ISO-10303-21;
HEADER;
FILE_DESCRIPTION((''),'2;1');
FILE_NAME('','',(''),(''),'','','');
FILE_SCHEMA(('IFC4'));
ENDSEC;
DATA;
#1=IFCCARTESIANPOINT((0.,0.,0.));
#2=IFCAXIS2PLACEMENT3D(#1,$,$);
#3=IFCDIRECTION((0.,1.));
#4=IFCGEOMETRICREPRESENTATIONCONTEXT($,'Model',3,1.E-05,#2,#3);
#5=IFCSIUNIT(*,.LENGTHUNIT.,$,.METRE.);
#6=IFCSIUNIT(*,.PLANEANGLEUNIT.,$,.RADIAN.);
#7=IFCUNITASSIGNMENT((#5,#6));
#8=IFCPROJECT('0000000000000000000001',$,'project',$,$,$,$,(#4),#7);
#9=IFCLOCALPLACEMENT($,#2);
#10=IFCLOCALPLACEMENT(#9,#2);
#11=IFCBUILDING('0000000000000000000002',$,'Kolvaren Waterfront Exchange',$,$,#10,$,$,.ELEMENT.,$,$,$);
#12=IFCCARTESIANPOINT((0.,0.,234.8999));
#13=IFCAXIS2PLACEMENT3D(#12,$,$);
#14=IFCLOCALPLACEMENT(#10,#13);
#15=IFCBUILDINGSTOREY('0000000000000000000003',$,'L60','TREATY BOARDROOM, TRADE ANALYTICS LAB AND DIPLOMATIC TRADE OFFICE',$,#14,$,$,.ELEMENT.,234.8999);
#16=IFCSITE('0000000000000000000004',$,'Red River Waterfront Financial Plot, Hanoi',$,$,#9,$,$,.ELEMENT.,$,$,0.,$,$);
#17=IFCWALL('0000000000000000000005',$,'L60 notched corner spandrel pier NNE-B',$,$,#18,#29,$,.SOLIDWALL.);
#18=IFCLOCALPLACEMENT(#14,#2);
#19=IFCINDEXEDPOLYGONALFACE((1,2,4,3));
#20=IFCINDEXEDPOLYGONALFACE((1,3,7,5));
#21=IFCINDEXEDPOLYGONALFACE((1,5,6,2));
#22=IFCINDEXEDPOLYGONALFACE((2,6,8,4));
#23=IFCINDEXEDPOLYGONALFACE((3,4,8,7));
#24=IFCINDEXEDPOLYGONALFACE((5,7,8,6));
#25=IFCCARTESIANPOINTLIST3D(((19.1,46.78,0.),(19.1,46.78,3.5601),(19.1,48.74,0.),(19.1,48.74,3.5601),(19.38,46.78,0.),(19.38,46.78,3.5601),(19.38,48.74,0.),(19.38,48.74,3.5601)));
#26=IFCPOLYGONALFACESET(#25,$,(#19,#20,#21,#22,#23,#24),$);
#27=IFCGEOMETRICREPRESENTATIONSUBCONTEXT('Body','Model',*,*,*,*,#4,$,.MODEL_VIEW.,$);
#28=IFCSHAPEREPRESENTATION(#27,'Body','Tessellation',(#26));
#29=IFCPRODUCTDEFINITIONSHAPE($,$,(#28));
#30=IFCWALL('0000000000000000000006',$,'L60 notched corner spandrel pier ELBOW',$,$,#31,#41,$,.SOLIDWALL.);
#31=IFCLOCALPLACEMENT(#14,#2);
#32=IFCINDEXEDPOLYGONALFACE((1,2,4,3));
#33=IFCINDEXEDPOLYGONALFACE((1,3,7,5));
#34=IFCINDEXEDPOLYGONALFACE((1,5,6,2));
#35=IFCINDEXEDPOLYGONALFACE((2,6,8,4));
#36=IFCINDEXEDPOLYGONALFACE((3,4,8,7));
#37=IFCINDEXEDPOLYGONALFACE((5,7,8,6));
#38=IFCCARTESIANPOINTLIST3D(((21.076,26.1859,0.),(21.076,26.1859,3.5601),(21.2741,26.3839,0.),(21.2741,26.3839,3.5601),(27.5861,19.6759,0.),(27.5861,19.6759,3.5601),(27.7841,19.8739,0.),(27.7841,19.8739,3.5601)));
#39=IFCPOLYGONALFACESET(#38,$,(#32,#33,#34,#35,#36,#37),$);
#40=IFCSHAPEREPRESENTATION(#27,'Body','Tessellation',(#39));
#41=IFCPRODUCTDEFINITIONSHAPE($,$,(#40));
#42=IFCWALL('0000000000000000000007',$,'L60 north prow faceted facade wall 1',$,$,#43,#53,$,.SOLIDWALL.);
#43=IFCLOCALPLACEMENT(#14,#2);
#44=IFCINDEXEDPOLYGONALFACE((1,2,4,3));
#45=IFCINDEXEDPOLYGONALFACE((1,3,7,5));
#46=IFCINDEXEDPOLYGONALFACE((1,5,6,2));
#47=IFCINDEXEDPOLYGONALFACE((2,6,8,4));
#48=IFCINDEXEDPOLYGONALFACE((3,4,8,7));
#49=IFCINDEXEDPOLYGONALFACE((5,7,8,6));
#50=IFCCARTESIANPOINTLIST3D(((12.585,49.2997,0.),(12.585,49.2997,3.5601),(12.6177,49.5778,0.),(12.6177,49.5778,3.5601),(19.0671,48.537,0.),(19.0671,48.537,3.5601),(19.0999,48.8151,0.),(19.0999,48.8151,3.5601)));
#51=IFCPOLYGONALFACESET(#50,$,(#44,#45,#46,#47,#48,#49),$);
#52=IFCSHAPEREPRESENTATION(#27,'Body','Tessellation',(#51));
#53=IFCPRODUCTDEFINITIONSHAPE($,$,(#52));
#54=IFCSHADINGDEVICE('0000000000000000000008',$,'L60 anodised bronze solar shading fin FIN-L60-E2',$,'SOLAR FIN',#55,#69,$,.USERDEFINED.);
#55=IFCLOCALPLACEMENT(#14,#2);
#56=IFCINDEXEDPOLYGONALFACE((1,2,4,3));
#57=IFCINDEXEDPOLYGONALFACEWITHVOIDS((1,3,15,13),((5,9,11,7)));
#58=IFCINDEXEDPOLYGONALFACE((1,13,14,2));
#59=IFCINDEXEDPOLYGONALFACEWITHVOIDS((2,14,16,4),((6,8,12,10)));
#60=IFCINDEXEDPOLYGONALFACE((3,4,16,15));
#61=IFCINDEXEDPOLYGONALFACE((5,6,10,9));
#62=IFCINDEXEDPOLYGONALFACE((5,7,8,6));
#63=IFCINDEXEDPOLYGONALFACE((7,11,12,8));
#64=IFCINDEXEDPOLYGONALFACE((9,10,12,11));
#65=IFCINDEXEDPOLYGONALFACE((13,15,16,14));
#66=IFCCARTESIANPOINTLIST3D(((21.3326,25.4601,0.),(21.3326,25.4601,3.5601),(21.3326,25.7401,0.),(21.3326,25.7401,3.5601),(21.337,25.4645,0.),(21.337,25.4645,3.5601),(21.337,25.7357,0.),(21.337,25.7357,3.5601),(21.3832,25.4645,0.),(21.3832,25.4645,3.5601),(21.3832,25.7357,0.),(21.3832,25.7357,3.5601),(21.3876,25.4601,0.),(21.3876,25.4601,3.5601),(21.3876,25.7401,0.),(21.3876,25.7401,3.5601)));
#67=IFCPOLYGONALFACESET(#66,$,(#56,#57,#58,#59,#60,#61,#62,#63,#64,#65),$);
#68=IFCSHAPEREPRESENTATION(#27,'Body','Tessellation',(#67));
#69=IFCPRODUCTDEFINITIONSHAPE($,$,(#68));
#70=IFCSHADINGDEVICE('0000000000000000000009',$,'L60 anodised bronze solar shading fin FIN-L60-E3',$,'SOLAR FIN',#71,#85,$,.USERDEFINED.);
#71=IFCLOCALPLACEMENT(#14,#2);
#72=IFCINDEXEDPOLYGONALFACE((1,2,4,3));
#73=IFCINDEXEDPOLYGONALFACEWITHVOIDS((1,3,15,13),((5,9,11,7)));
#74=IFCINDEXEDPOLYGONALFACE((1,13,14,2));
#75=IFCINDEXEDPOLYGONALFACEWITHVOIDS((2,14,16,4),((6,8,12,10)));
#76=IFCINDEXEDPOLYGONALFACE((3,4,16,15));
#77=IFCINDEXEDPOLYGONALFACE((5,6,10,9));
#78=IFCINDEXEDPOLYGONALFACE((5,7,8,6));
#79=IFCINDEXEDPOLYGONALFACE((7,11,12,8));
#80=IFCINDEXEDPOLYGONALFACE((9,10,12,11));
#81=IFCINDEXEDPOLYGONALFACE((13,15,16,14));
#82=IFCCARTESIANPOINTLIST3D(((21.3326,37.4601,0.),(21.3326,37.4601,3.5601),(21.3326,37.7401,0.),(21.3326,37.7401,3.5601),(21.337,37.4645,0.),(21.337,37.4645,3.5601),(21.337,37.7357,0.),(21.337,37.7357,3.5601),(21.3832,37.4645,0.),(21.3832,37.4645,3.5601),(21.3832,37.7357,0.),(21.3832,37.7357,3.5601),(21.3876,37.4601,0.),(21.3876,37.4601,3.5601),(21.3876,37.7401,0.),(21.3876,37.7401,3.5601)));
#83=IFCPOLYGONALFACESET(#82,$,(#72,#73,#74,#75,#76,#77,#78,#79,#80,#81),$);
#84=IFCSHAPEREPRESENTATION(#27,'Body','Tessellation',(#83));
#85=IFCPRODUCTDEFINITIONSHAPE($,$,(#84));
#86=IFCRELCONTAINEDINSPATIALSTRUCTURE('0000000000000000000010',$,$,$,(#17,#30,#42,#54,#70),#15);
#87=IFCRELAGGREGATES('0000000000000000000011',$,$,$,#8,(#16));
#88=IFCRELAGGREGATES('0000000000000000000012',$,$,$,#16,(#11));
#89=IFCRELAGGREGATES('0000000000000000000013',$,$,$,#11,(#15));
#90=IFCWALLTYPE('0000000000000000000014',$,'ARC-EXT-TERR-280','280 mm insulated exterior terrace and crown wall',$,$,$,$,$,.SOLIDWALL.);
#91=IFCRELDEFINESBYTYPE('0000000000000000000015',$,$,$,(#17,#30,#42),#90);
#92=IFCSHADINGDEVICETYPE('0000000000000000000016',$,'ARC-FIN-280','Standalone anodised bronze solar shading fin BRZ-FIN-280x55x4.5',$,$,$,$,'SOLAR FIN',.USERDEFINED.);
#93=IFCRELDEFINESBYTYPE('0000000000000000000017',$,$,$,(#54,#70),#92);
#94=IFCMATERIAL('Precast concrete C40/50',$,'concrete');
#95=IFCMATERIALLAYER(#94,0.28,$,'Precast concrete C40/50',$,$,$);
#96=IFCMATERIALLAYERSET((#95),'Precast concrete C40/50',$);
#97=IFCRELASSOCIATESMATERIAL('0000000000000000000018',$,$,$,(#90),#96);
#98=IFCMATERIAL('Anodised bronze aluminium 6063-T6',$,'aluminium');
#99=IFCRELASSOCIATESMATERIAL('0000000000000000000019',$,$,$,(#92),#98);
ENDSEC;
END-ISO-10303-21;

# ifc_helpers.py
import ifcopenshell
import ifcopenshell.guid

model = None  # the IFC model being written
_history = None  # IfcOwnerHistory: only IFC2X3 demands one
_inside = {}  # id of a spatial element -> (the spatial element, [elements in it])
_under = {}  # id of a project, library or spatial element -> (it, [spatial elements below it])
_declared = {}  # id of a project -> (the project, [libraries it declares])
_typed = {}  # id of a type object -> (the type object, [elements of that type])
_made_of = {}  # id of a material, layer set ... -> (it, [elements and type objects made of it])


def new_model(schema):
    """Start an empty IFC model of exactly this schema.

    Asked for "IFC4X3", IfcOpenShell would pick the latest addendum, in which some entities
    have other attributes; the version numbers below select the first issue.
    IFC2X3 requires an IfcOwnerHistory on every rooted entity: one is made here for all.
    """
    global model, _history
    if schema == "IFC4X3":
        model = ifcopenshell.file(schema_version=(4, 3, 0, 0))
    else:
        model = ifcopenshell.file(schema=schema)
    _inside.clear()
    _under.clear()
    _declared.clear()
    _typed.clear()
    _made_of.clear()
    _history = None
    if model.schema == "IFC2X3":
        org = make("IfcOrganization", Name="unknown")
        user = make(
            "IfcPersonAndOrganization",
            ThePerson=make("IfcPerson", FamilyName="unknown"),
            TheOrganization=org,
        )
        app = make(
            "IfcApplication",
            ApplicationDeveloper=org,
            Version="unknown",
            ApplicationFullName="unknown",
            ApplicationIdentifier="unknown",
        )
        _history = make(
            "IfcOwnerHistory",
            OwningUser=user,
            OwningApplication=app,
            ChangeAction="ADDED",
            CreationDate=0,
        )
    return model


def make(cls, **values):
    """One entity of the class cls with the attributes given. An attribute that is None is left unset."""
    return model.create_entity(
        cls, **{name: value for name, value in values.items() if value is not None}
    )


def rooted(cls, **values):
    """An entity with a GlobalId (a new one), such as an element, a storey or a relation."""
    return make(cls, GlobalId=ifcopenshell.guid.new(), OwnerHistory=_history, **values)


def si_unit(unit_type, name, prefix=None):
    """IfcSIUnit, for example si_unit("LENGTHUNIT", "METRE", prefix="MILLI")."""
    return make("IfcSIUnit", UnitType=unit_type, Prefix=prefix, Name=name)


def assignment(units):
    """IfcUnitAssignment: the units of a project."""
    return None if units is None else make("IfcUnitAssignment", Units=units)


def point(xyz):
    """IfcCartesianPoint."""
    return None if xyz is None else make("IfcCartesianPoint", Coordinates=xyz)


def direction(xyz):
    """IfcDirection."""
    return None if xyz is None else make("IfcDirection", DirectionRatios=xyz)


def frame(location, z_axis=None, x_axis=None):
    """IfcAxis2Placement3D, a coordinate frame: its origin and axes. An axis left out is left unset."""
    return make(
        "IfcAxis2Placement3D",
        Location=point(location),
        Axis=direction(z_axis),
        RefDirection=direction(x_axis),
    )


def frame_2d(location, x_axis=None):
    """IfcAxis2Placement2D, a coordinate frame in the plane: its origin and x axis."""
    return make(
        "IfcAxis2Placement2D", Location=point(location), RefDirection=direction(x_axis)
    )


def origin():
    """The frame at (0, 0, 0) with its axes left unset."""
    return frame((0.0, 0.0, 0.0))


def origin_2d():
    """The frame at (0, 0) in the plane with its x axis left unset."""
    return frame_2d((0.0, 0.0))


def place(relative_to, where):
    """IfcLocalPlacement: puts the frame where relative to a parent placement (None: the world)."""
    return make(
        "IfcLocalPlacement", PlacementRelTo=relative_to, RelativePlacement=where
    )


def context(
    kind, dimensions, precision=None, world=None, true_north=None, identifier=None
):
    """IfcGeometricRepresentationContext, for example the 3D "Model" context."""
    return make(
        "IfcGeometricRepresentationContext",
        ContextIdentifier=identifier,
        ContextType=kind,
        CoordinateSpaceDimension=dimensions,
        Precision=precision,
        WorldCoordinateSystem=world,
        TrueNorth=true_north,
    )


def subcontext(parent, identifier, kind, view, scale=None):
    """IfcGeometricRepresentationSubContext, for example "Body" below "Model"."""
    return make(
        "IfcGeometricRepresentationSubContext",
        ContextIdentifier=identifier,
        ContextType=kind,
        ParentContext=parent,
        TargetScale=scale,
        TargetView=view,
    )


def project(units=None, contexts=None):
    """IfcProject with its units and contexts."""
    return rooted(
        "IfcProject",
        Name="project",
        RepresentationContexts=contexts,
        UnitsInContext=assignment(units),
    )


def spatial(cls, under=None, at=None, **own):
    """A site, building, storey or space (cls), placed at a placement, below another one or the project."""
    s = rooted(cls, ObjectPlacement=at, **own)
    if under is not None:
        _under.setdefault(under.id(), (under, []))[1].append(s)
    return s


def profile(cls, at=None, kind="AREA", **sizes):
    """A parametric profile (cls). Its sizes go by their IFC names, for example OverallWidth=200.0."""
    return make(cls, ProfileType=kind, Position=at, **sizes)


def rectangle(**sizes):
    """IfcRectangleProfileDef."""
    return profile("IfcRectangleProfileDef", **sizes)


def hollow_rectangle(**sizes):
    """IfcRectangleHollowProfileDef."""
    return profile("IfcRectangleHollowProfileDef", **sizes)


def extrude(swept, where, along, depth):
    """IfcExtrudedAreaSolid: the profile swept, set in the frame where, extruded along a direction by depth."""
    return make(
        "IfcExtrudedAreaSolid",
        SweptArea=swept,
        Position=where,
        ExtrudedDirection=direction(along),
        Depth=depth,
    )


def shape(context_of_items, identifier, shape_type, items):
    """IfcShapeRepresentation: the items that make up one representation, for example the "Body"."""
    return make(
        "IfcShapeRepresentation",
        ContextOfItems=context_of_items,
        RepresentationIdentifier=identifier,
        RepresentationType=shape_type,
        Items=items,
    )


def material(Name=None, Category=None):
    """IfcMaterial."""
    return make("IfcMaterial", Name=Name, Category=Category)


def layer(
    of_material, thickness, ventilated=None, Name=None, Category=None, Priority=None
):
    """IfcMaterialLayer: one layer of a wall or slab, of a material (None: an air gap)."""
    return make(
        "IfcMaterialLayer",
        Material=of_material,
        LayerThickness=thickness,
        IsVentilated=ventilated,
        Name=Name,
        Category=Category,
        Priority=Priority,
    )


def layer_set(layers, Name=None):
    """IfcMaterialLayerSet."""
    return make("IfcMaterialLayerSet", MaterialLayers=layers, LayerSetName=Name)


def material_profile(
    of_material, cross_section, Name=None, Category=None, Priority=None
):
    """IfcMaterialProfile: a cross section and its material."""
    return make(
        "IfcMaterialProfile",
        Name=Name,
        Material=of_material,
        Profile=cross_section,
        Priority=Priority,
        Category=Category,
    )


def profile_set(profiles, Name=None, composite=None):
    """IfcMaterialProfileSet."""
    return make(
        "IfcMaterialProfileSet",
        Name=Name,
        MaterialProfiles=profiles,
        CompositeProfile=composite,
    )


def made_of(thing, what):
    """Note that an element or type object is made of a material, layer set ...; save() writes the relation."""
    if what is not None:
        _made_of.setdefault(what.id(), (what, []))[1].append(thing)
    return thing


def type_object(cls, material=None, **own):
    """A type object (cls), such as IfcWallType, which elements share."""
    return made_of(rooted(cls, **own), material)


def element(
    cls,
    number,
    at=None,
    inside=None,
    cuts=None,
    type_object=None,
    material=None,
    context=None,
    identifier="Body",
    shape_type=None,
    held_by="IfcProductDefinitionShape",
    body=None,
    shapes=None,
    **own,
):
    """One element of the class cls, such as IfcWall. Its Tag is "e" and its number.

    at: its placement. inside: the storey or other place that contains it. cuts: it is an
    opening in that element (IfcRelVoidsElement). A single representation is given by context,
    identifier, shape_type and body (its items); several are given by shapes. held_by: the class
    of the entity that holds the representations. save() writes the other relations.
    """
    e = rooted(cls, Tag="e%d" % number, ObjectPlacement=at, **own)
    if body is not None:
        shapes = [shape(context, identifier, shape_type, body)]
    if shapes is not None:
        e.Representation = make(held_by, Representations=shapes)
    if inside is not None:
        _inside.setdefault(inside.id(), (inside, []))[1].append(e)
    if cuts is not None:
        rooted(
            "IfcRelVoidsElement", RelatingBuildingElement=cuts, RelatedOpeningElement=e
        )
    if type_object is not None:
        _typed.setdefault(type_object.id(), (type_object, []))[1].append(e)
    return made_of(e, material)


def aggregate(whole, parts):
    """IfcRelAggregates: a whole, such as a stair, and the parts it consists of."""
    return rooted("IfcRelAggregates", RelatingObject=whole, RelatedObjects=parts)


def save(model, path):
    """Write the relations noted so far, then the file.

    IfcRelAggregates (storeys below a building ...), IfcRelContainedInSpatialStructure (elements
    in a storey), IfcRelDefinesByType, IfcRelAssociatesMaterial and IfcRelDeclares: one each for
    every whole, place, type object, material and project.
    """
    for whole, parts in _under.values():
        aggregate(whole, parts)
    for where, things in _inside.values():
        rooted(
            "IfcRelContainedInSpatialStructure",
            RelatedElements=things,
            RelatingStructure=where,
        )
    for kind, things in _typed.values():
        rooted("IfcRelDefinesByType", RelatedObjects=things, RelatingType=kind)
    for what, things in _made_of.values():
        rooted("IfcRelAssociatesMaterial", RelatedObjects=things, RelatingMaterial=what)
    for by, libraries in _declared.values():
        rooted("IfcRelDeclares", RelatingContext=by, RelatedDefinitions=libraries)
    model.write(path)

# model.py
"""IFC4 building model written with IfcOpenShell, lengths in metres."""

from ifc_helpers import new_model, si_unit, direction, frame, frame_2d, origin, origin_2d, place, context, subcontext, project, spatial, rectangle, hollow_rectangle, extrude, material, layer, layer_set, material_profile, profile_set, type_object, element, save


model = new_model("IFC4")

# Units and contexts
model_context = context("Model", 3, precision=1e-05, world=origin(), true_north=direction((0.0, 1.0)))
body_context = subcontext(model_context, "Body", "Model", "MODEL_VIEW")
ifc_project = project(units=[si_unit("LENGTHUNIT", "METRE"), si_unit("PLANEANGLEUNIT", "RADIAN")], contexts=[model_context])

# Site, building, storey
site_placement = place(None, origin())
site = spatial("IfcSite", under=ifc_project, at=site_placement, Name="Red River Waterfront Financial Plot, Hanoi", CompositionType="ELEMENT", RefElevation=0.0)
building_placement = place(site_placement, origin())
building = spatial("IfcBuilding", under=site, at=building_placement, Name="Kolvaren Waterfront Exchange", CompositionType="ELEMENT")
storey_placement = place(building_placement, frame((0.0, 0.0, 234.8999)))
storey = spatial("IfcBuildingStorey", under=building, at=storey_placement, Name="L60", Description="TREATY BOARDROOM, TRADE ANALYTICS LAB AND DIPLOMATIC TRADE OFFICE", CompositionType="ELEMENT", Elevation=234.8999)

# Shared definitions
ifc_material_1 = material(Name="Anodised bronze aluminium 6063-T6", Category="aluminium")

# Walls
ifc_material_2 = material(Name="Precast concrete C40/50", Category="concrete")
ifc_layer_1 = layer(ifc_material_2, 0.28, Name="Precast concrete C40/50")
ifc_layer_set_1 = layer_set([ifc_layer_1], Name="Precast concrete C40/50")
wall_type = type_object("IfcWallType", Name="ARC-EXT-TERR-280", Description="280 mm insulated exterior terrace and crown wall", PredefinedType="SOLIDWALL", material=ifc_layer_set_1)
wall_1_placement = place(storey_placement, frame((19.24, 46.78, 0.0), z_axis=(0.0, 0.0, 1.0), x_axis=(0.0, 1.0, 0.0)))
element("IfcWall", 1, at=wall_1_placement, inside=storey, type_object=wall_type, Name="L60 notched corner spandrel pier NNE-B", PredefinedType="SOLIDWALL", context=body_context, shape_type="SweptSolid", body=[
    extrude(rectangle(XDim=1.96, YDim=0.28, at=frame_2d((0.98, 0.0))), origin(), (0.0, 0.0, 1.0), 3.5601),
])
wall_2_placement = place(storey_placement, frame((27.6851, 19.7749, 0.0), z_axis=(0.0, 0.0, 1.0), x_axis=(-0.707107, 0.707107, 0.0)))
element("IfcWall", 2, at=wall_2_placement, inside=storey, type_object=wall_type, Name="L60 notched corner spandrel pier ELBOW", PredefinedType="SOLIDWALL", context=body_context, shape_type="SweptSolid", body=[
    extrude(rectangle(XDim=9.2065, YDim=0.28, at=frame_2d((4.6033, 0.0))), origin(), (0.0, 0.0, 1.0), 3.5601),
])
wall_3_placement = place(storey_placement, frame((19.0835, 48.676, 0.0), z_axis=(0.0, 0.0, 1.0), x_axis=(-0.993149, 0.116854, 0.0)))
element("IfcWall", 3, at=wall_3_placement, inside=storey, type_object=wall_type, Name="L60 north prow faceted facade wall 1", PredefinedType="SOLIDWALL", context=body_context, shape_type="SweptSolid", body=[
    extrude(rectangle(XDim=6.5269, YDim=0.28, at=frame_2d((3.2634, 0.0))), origin(), (0.0, 0.0, 1.0), 3.5601),
])

# Shading devices
ifc_material_profile_1 = material_profile(ifc_material_1, hollow_rectangle(XDim=0.0549, YDim=0.28, WallThickness=0.0044, at=origin_2d()), Name="BRZ-FIN-280x55x4.5")
ifc_profile_set_1 = profile_set([ifc_material_profile_1], Name="Anodised bronze aluminium 6063-T6")
shading_device_type = type_object("IfcShadingDeviceType", Name="ARC-FIN-280", Description="Standalone anodised bronze solar shading fin BRZ-FIN-280x55x4.5", ElementType="SOLAR FIN", PredefinedType="USERDEFINED", material=ifc_profile_set_1)
for number, where, z_axis, x_axis, name in (
    (4, (21.3601, 25.6001, 0.0), (0.0, 0.0, 1.0), (1.0, 0.0, 0.0), "L60 anodised bronze solar shading fin FIN-L60-E2"),
    (5, (21.3601, 37.6001, 0.0), (0.0, 0.0, 1.0), (1.0, 0.0, 0.0), "L60 anodised bronze solar shading fin FIN-L60-E3"),
):
    element("IfcShadingDevice", number, at=place(storey_placement, frame(where, z_axis=z_axis, x_axis=x_axis)), inside=storey, type_object=shading_device_type, Name=name, ObjectType="SOLAR FIN", PredefinedType="USERDEFINED", context=body_context, shape_type="SweptSolid", body=[
        extrude(hollow_rectangle(XDim=0.0549, YDim=0.28, WallThickness=0.0044, at=origin_2d()), origin(), (0.0, 0.0, 1.0), 3.5601),
    ])

save(model, "model.ifc")
